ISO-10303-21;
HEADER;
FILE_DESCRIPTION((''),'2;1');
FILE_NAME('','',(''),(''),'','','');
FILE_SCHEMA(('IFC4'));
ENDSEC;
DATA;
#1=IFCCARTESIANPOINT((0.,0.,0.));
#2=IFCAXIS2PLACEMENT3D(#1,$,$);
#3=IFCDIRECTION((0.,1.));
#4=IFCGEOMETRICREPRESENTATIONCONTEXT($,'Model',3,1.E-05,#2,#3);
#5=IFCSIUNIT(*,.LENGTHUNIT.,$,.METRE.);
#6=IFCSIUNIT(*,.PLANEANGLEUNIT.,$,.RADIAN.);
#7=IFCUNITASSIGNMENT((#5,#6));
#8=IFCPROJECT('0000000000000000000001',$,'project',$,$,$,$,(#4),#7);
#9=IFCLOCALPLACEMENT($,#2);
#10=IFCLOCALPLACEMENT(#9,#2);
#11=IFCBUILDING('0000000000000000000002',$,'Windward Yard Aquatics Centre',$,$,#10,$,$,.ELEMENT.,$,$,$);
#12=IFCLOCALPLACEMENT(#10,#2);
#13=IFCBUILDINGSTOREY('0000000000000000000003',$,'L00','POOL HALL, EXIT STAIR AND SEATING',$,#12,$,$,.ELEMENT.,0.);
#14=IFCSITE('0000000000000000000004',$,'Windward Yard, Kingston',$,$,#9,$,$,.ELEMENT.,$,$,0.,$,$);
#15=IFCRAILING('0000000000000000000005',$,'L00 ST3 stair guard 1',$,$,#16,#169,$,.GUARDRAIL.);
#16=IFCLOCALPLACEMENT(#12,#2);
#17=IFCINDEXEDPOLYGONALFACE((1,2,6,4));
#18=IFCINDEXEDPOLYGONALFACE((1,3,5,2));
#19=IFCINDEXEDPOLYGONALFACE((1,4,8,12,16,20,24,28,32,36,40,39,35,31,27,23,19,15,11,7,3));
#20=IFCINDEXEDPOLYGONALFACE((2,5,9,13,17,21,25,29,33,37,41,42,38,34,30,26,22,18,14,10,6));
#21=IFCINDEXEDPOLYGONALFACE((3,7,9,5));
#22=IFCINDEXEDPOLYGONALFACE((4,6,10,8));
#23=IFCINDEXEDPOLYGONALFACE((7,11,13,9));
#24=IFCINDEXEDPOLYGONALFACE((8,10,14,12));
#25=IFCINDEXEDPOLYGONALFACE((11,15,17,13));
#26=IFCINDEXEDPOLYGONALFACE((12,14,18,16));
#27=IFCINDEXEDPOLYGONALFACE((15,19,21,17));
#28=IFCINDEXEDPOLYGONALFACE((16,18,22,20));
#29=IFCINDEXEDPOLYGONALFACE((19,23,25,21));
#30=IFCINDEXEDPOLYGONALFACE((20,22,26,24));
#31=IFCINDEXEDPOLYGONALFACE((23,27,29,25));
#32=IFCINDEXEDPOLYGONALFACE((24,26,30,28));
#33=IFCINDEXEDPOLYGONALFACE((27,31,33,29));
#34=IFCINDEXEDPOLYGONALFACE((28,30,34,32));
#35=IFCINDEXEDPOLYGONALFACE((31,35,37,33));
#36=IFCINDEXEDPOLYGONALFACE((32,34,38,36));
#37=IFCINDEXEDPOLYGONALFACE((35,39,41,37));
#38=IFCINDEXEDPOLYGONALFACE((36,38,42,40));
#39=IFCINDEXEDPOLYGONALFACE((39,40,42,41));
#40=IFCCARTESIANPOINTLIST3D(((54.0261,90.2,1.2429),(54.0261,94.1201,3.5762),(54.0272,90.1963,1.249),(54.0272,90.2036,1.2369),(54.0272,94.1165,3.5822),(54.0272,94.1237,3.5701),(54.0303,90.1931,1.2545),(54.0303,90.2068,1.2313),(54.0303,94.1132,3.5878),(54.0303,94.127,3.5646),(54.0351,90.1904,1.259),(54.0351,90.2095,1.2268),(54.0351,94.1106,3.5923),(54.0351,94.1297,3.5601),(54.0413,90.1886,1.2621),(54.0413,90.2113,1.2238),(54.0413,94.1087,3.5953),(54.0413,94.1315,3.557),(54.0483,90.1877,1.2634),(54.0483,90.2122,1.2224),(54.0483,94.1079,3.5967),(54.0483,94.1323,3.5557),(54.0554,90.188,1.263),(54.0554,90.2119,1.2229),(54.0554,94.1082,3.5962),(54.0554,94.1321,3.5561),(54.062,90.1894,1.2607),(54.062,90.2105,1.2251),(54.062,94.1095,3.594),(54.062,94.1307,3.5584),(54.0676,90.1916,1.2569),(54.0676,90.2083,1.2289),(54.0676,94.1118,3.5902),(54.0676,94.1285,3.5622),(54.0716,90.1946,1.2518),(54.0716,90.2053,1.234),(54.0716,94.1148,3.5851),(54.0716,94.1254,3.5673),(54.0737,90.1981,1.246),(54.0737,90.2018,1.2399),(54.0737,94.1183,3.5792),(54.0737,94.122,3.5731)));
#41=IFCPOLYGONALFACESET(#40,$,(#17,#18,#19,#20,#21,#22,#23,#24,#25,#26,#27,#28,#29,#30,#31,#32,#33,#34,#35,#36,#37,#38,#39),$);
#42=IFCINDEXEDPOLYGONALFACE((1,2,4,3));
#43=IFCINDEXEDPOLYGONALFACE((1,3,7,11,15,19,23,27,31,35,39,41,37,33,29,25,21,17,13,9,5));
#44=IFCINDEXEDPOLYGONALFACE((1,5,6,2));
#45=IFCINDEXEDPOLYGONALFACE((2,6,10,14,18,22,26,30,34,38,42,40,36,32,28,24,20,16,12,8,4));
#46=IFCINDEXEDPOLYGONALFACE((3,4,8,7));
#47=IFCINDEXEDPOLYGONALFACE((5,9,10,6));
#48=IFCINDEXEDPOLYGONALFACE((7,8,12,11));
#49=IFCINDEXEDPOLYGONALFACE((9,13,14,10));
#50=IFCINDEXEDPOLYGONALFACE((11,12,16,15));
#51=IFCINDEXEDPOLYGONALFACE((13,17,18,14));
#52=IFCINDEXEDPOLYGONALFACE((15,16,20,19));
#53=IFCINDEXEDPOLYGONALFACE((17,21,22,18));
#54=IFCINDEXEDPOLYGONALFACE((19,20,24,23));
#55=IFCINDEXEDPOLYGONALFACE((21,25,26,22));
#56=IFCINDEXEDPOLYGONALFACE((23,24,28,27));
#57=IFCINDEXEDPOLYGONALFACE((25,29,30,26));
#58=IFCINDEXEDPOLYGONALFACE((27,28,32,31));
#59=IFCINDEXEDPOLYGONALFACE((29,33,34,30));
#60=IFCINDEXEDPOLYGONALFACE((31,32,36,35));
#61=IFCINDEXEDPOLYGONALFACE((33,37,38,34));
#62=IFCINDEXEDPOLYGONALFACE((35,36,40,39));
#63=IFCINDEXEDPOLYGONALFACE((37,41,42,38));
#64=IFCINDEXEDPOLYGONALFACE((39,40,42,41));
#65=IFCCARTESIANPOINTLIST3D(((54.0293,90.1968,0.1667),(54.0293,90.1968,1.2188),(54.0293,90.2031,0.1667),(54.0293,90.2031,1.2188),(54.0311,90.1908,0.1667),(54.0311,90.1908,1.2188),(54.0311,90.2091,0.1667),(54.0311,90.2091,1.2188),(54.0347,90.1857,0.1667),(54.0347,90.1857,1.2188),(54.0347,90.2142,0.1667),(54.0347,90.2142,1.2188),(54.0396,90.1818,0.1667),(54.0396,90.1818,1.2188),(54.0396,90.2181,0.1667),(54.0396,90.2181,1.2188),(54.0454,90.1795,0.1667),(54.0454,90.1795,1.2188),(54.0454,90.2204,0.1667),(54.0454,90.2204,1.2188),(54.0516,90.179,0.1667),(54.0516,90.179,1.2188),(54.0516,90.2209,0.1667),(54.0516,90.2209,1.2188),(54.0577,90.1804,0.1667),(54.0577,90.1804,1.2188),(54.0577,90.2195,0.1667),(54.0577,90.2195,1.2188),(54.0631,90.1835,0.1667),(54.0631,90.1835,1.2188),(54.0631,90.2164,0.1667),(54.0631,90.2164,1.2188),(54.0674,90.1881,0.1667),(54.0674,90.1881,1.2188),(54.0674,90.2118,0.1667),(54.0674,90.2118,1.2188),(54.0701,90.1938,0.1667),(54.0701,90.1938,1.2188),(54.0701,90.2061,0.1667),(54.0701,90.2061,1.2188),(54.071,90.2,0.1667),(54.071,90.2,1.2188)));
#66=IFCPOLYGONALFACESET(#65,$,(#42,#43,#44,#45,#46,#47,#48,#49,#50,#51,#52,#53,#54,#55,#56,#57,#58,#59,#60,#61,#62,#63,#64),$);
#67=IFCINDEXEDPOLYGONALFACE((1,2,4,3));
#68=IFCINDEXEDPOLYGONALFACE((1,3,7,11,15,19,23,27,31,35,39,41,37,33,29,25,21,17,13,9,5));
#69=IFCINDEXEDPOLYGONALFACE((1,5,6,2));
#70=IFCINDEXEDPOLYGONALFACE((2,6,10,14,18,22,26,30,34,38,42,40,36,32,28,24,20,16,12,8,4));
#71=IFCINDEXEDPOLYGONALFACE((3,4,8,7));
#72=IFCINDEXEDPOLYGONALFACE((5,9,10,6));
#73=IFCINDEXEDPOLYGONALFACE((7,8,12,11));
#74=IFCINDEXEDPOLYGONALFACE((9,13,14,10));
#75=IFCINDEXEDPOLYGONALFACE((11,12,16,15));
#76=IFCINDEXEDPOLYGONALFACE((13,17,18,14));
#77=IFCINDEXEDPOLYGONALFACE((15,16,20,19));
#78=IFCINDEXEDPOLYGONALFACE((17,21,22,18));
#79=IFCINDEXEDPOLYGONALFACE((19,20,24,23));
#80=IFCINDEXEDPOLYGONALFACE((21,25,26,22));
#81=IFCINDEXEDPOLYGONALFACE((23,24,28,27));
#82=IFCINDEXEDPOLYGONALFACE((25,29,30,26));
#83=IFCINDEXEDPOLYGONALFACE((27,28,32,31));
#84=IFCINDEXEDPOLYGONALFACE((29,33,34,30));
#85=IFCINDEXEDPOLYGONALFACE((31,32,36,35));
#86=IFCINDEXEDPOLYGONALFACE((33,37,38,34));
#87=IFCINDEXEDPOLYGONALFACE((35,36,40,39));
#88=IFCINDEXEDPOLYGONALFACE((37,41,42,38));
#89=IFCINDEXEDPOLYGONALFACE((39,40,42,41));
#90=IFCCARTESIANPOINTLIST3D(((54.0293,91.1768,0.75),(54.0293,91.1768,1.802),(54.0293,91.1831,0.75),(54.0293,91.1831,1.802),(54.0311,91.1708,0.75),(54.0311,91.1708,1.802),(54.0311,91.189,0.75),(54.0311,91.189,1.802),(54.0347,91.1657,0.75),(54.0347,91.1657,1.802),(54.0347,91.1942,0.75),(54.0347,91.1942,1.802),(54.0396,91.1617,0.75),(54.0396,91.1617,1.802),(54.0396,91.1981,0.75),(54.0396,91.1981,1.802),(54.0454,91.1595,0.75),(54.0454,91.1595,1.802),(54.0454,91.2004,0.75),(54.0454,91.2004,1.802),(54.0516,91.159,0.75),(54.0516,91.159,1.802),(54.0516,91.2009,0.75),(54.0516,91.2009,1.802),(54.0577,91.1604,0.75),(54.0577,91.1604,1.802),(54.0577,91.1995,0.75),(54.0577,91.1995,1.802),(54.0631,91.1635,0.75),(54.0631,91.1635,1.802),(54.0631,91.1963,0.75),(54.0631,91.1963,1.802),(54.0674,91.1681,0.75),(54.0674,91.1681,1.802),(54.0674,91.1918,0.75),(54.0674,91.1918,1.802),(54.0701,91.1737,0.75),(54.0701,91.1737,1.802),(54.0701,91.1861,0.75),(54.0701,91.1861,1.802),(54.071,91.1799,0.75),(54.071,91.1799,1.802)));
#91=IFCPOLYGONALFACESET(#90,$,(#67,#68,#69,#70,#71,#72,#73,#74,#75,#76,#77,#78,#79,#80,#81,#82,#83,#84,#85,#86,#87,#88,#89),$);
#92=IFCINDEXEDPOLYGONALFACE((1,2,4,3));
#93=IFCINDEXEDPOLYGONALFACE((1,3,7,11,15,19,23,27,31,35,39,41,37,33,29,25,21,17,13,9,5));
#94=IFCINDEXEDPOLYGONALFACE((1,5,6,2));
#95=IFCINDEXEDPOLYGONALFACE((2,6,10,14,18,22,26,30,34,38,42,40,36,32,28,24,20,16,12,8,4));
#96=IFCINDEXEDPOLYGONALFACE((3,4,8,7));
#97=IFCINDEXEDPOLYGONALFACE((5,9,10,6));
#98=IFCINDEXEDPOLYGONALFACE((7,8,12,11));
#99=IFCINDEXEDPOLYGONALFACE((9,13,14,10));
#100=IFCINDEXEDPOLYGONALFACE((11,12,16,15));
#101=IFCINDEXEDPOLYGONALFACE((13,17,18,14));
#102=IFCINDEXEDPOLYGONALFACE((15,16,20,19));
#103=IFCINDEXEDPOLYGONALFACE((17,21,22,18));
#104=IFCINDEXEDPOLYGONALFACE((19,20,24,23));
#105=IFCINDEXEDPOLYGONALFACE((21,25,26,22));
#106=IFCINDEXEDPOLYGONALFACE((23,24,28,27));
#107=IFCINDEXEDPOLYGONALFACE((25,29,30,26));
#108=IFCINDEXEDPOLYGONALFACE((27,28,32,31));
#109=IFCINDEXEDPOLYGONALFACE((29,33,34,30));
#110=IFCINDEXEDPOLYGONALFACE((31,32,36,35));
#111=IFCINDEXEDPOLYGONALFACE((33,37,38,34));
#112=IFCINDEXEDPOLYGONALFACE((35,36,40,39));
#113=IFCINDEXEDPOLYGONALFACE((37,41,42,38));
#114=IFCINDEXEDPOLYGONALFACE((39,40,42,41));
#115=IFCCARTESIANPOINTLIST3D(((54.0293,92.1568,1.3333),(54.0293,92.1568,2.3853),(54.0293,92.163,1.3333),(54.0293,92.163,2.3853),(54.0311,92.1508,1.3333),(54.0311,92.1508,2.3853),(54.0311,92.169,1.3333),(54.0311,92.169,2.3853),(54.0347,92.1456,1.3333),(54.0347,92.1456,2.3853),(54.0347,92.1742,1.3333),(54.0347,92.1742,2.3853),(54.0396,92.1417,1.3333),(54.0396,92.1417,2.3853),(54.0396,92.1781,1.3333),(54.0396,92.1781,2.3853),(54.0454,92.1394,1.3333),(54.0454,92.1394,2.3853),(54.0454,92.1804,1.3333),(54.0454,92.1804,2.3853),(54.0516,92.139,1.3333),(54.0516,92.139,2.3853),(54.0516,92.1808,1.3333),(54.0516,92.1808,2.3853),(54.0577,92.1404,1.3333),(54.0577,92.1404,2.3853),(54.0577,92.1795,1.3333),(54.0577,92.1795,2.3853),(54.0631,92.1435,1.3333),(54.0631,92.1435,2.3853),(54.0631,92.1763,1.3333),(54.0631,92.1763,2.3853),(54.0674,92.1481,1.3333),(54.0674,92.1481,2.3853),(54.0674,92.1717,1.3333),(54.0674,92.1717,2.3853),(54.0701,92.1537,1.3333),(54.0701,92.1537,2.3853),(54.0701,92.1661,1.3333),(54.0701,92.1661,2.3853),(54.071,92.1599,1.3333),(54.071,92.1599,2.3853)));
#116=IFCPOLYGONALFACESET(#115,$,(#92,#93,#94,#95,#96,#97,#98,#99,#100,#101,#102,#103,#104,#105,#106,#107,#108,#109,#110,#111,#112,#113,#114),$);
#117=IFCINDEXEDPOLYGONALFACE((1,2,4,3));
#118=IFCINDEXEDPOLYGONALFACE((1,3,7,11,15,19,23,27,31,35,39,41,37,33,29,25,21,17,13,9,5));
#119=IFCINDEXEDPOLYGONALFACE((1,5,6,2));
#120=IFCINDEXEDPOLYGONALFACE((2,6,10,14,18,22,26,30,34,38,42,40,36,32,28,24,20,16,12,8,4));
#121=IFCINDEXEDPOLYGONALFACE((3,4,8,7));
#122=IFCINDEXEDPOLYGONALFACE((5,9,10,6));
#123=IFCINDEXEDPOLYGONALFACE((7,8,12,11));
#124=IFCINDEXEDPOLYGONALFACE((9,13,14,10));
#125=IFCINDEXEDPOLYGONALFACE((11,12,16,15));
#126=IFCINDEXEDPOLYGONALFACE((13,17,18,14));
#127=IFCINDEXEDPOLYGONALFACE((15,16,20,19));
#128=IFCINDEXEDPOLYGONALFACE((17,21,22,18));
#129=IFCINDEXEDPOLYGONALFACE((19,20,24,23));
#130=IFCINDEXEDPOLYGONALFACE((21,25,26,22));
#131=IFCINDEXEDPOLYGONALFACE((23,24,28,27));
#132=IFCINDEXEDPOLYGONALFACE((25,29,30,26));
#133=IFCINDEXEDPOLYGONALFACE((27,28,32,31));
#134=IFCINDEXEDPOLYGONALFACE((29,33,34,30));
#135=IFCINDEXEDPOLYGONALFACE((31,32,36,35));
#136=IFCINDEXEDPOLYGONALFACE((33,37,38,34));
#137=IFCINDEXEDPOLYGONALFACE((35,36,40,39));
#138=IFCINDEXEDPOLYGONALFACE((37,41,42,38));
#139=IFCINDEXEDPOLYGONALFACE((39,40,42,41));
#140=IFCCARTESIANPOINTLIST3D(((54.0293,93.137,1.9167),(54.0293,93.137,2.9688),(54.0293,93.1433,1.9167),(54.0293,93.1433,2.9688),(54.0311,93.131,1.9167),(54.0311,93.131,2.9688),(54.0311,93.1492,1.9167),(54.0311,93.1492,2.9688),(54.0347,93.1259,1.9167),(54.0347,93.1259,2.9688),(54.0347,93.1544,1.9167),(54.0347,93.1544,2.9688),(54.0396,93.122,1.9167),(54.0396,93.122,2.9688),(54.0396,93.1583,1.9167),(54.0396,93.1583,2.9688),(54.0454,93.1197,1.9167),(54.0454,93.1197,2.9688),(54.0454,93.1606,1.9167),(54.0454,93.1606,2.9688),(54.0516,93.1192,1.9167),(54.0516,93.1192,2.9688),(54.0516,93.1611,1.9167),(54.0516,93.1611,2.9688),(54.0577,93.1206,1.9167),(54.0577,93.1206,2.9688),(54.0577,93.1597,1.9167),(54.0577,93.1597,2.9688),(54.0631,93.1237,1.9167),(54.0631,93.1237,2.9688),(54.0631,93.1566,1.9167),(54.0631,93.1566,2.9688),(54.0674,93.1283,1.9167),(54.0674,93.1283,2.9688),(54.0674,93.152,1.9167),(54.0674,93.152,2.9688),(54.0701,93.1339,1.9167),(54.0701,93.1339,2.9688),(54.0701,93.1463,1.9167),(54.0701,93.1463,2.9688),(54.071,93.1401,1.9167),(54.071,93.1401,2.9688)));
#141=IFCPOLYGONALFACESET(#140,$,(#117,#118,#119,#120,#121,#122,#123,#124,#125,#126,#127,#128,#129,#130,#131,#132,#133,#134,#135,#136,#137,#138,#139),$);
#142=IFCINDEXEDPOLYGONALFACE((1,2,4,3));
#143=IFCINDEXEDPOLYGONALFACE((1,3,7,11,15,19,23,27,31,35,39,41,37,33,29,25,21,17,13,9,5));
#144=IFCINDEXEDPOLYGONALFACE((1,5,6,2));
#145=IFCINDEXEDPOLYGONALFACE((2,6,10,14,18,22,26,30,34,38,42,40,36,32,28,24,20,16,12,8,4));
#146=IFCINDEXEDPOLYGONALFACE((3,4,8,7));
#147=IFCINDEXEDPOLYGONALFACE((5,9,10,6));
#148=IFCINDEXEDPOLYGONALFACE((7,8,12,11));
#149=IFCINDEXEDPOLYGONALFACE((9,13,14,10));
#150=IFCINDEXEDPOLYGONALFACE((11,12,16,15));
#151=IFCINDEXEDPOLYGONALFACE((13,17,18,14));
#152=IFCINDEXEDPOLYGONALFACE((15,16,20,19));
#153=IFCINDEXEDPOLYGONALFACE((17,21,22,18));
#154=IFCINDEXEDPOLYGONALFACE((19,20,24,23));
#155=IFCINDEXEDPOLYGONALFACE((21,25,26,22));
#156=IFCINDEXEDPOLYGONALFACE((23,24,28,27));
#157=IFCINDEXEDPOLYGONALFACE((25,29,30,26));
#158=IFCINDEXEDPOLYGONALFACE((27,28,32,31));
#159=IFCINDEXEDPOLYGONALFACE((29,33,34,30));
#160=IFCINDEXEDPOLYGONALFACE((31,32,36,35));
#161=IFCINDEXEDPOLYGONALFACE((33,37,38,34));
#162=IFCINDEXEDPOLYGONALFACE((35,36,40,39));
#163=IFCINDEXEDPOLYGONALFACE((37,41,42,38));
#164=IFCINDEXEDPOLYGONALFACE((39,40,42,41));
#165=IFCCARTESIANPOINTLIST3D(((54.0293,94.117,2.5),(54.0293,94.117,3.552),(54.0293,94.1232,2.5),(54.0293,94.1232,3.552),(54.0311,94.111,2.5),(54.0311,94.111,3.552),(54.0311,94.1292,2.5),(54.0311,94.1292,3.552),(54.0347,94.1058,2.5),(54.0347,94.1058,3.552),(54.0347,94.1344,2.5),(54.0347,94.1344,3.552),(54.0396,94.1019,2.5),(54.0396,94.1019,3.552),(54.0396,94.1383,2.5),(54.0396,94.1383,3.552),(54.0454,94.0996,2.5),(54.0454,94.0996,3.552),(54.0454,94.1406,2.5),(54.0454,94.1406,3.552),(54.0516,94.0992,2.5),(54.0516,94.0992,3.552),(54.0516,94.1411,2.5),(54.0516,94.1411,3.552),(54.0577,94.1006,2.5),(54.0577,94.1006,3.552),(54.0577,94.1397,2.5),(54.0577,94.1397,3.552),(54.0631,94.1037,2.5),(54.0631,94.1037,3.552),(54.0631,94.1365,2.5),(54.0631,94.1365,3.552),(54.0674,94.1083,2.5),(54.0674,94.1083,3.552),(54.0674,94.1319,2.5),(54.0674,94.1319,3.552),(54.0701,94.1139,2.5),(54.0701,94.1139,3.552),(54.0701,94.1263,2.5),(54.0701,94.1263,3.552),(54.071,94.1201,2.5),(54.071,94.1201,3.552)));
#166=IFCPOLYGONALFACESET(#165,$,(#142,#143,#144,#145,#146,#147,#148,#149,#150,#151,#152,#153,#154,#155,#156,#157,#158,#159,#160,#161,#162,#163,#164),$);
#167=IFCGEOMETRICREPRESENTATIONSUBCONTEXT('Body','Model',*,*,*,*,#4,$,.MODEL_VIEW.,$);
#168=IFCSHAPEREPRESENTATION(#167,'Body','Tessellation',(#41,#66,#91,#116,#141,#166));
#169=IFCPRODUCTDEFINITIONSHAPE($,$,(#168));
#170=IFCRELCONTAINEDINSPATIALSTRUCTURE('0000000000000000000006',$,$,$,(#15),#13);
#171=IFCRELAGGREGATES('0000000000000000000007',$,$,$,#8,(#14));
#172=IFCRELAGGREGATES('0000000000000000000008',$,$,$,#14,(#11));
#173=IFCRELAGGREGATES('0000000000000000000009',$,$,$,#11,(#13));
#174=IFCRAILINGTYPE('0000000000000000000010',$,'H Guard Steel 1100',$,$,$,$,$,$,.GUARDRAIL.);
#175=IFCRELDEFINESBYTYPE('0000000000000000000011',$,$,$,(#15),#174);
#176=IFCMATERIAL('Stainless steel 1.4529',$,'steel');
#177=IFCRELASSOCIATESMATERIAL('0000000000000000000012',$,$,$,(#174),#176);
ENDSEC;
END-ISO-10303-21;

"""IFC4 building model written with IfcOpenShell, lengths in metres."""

from ifc_helpers import new_model, si_unit, direction, frame, origin, origin_2d, place, context, subcontext, project, spatial, circle, extrude, material, type_object, element, save


model = new_model("IFC4")

# Units and contexts
model_context = context("Model", 3, precision=1e-05, world=origin(), true_north=direction((0.0, 1.0)))
body_context = subcontext(model_context, "Body", "Model", "MODEL_VIEW")
ifc_project = project(units=[si_unit("LENGTHUNIT", "METRE"), si_unit("PLANEANGLEUNIT", "RADIAN")], contexts=[model_context])

# Site, building, storey
site_placement = place(None, origin())
site = spatial("IfcSite", under=ifc_project, at=site_placement, Name="Windward Yard, Kingston", CompositionType="ELEMENT", RefElevation=0.0)
building_placement = place(site_placement, origin())
building = spatial("IfcBuilding", under=site, at=building_placement, Name="Windward Yard Aquatics Centre", CompositionType="ELEMENT")
storey_placement = place(building_placement, origin())
storey = spatial("IfcBuildingStorey", under=building, at=storey_placement, Name="L00", Description="POOL HALL, EXIT STAIR AND SEATING", CompositionType="ELEMENT", Elevation=0.0)

# Railing
ifc_material_1 = material(Name="Stainless steel 1.4529", Category="steel")
railing_type_1 = type_object("IfcRailingType", Name="H Guard Steel 1100", PredefinedType="GUARDRAIL", material=ifc_material_1)
railing_1_placement = place(storey_placement, frame((54.05, 90.2, 0.1667)))
element("IfcRailing", 1, at=railing_1_placement, inside=storey, type_object=railing_type_1, Name="L00 ST3 stair guard 1", PredefinedType="GUARDRAIL", context=body_context, shape_type="SweptSolid", body=[
    extrude(circle(Radius=0.0239, at=origin_2d()), frame((0.0, 0.0, 1.0762), z_axis=(0.0, 0.85931, 0.511455), x_axis=(-1.0, 0.0, 0.0)), (0.0, 0.0, 1.0), 4.562),
    extrude(circle(Radius=0.021, at=origin_2d()), origin(), (0.0, 0.0, 1.0), 1.052),
    extrude(circle(Radius=0.021, at=origin_2d()), frame((0.0, 0.98, 0.5833)), (0.0, 0.0, 1.0), 1.052),
    extrude(circle(Radius=0.021, at=origin_2d()), frame((0.0, 1.96, 1.1665)), (0.0, 0.0, 1.0), 1.052),
    extrude(circle(Radius=0.021, at=origin_2d()), frame((0.0, 2.9402, 1.75)), (0.0, 0.0, 1.0), 1.052),
    extrude(circle(Radius=0.021, at=origin_2d()), frame((0.0, 3.9202, 2.3333)), (0.0, 0.0, 1.0), 1.052),
])

save(model, "model.ifc")
